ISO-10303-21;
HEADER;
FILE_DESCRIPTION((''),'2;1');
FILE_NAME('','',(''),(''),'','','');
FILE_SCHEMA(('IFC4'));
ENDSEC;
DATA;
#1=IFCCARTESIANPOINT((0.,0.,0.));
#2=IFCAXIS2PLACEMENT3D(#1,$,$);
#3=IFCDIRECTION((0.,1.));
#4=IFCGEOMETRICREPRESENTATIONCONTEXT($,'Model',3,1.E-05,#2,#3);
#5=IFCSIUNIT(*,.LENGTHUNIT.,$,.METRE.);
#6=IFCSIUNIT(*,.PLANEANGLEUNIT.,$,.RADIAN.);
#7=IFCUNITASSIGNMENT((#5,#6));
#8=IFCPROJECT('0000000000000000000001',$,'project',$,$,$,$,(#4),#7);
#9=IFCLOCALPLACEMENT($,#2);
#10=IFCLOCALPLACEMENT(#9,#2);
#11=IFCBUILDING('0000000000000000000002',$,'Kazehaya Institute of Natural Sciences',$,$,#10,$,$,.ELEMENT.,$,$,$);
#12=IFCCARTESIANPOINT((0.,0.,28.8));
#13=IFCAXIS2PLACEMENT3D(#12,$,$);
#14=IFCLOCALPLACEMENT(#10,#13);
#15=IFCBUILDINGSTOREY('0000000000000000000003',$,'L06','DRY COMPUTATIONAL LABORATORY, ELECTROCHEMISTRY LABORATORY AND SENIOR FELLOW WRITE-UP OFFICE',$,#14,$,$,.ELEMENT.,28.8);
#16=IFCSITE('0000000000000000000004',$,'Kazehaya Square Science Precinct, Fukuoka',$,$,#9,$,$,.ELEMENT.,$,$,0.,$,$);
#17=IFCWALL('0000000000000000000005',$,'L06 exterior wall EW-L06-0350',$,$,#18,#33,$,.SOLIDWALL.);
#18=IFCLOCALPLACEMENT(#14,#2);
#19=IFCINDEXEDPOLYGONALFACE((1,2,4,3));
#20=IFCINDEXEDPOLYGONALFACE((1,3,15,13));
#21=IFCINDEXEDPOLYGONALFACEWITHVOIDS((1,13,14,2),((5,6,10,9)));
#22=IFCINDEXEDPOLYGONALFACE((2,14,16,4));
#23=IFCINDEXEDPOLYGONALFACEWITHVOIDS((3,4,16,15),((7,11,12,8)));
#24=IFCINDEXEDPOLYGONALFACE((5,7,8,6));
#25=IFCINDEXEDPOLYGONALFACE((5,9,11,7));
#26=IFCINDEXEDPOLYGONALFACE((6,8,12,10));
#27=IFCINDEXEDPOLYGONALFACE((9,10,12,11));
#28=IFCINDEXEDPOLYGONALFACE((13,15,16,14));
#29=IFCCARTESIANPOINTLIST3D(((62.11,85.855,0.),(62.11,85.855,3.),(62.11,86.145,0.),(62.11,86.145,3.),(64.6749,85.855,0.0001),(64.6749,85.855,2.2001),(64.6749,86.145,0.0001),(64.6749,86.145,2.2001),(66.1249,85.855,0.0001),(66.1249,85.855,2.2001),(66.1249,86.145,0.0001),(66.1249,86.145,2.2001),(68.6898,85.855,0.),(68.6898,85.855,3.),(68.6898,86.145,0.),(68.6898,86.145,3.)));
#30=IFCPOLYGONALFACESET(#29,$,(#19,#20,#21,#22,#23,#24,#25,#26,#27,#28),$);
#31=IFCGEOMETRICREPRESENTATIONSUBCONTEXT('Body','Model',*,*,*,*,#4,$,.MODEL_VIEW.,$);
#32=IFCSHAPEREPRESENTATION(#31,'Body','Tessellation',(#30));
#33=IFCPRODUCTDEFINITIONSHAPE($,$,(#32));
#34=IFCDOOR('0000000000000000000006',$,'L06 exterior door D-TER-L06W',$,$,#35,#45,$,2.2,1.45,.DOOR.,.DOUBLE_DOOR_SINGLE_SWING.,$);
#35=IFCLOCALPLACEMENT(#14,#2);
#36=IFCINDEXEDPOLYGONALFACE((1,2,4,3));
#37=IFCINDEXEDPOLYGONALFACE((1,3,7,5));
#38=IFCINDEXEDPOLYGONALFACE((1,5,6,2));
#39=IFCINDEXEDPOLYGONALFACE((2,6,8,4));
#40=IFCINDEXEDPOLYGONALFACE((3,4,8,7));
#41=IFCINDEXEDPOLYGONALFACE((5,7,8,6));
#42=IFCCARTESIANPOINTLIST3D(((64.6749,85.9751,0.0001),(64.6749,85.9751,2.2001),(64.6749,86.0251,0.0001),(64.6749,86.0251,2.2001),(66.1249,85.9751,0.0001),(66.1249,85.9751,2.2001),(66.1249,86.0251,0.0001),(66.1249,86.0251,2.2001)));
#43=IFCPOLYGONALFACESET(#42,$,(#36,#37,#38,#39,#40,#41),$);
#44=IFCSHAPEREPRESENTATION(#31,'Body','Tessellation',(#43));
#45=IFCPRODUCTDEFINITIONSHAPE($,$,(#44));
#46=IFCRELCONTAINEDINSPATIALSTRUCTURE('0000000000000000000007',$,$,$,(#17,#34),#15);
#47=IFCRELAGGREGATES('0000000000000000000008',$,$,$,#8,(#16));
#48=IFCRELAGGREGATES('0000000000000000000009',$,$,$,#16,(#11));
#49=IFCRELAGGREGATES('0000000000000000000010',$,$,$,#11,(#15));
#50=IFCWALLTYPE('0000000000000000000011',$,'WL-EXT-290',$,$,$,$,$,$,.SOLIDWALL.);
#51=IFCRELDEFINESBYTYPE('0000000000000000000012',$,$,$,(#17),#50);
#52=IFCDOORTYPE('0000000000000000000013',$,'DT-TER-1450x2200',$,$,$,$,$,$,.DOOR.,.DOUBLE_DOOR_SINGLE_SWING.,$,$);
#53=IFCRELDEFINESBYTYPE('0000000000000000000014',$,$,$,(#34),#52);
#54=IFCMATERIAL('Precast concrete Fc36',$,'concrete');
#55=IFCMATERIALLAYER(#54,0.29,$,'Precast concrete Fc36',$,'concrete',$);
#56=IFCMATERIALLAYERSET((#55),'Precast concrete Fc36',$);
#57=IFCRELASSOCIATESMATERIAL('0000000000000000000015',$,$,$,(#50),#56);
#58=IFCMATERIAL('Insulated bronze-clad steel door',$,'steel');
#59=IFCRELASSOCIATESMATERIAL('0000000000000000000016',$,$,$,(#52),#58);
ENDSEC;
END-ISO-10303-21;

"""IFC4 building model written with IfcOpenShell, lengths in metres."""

from ifc_helpers import new_model, si_unit, direction, frame, frame_2d, origin, place, context, subcontext, project, spatial, rectangle, extrude, material, layer, layer_set, type_object, element, fill, save


model = new_model("IFC4")

# Units and contexts
model_context = context("Model", 3, precision=1e-05, world=origin(), true_north=direction((0.0, 1.0)))
body_context = subcontext(model_context, "Body", "Model", "MODEL_VIEW")
ifc_project = project(units=[si_unit("LENGTHUNIT", "METRE"), si_unit("PLANEANGLEUNIT", "RADIAN")], contexts=[model_context])

# Site, building, storey
site_placement = place(None, origin())
site = spatial("IfcSite", under=ifc_project, at=site_placement, Name="Kazehaya Square Science Precinct, Fukuoka", CompositionType="ELEMENT", RefElevation=0.0)
building_placement = place(site_placement, origin())
building = spatial("IfcBuilding", under=site, at=building_placement, Name="Kazehaya Institute of Natural Sciences", CompositionType="ELEMENT")
storey_placement = place(building_placement, frame((0.0, 0.0, 28.8)))
storey = spatial("IfcBuildingStorey", under=building, at=storey_placement, Name="L06", Description="DRY COMPUTATIONAL LABORATORY, ELECTROCHEMISTRY LABORATORY AND SENIOR FELLOW WRITE-UP OFFICE", CompositionType="ELEMENT", Elevation=28.8)

# Shared definitions
ifc_material_1 = material(Name="Precast concrete Fc36", Category="concrete")
ifc_layer = layer(ifc_material_1, 0.29, Name="Precast concrete Fc36", Category="concrete")
ifc_layer_set = layer_set([ifc_layer], Name="Precast concrete Fc36")
wall_type = type_object("IfcWallType", Name="WL-EXT-290", PredefinedType="SOLIDWALL", material=ifc_layer_set)

# Wall, opening, door
wall_1_placement = place(storey_placement, frame((68.6899, 86.0, 0.0), z_axis=(0.0, 0.0, 1.0), x_axis=(-1.0, 0.0, 0.0)))
wall_1 = element("IfcWall", 1, at=wall_1_placement, inside=storey, type_object=wall_type, Name="L06 exterior wall EW-L06-0350", PredefinedType="SOLIDWALL", context=body_context, shape_type="SweptSolid", body=[
    extrude(rectangle(XDim=6.5798, YDim=0.29, at=frame_2d((3.29, 0.0))), origin(), (0.0, 0.0, 1.0), 3.0),
])
opening_1_placement = place(wall_1_placement, frame((2.5649, 0.0, 0.0)))
opening_1 = element("IfcOpeningElement", 2, at=opening_1_placement, cuts=wall_1, PredefinedType="OPENING", context=body_context, shape_type="SweptSolid", body=[
    extrude(rectangle(XDim=1.45, YDim=2.2, at=frame_2d((0.7251, 1.1001))), frame((0.0, 0.155, 0.0), z_axis=(0.0, -1.0, 0.0), x_axis=(1.0, 0.0, 0.0)), (0.0, 0.0, 1.0), 0.3101),
])
ifc_material_2 = material(Name="Insulated bronze-clad steel door", Category="steel")
door_type = type_object("IfcDoorType", Name="DT-TER-1450x2200", OperationType="DOUBLE_DOOR_SINGLE_SWING", PredefinedType="DOOR", material=ifc_material_2)
door_placement = place(opening_1_placement, origin())
door = element("IfcDoor", 3, at=door_placement, inside=storey, type_object=door_type, Name="L06 exterior door D-TER-L06W", OperationType="DOUBLE_DOOR_SINGLE_SWING", OverallHeight=2.2, OverallWidth=1.45, PredefinedType="DOOR", context=body_context, shape_type="SweptSolid", body=[
    extrude(rectangle(XDim=1.45, YDim=2.2, at=frame_2d((0.7251, 1.1001))), frame((0.0, 0.0249, 0.0), z_axis=(0.0, -1.0, 0.0), x_axis=(1.0, 0.0, 0.0)), (0.0, 0.0, 1.0), 0.05),
])
fill(opening_1, door)

save(model, "model.ifc")
